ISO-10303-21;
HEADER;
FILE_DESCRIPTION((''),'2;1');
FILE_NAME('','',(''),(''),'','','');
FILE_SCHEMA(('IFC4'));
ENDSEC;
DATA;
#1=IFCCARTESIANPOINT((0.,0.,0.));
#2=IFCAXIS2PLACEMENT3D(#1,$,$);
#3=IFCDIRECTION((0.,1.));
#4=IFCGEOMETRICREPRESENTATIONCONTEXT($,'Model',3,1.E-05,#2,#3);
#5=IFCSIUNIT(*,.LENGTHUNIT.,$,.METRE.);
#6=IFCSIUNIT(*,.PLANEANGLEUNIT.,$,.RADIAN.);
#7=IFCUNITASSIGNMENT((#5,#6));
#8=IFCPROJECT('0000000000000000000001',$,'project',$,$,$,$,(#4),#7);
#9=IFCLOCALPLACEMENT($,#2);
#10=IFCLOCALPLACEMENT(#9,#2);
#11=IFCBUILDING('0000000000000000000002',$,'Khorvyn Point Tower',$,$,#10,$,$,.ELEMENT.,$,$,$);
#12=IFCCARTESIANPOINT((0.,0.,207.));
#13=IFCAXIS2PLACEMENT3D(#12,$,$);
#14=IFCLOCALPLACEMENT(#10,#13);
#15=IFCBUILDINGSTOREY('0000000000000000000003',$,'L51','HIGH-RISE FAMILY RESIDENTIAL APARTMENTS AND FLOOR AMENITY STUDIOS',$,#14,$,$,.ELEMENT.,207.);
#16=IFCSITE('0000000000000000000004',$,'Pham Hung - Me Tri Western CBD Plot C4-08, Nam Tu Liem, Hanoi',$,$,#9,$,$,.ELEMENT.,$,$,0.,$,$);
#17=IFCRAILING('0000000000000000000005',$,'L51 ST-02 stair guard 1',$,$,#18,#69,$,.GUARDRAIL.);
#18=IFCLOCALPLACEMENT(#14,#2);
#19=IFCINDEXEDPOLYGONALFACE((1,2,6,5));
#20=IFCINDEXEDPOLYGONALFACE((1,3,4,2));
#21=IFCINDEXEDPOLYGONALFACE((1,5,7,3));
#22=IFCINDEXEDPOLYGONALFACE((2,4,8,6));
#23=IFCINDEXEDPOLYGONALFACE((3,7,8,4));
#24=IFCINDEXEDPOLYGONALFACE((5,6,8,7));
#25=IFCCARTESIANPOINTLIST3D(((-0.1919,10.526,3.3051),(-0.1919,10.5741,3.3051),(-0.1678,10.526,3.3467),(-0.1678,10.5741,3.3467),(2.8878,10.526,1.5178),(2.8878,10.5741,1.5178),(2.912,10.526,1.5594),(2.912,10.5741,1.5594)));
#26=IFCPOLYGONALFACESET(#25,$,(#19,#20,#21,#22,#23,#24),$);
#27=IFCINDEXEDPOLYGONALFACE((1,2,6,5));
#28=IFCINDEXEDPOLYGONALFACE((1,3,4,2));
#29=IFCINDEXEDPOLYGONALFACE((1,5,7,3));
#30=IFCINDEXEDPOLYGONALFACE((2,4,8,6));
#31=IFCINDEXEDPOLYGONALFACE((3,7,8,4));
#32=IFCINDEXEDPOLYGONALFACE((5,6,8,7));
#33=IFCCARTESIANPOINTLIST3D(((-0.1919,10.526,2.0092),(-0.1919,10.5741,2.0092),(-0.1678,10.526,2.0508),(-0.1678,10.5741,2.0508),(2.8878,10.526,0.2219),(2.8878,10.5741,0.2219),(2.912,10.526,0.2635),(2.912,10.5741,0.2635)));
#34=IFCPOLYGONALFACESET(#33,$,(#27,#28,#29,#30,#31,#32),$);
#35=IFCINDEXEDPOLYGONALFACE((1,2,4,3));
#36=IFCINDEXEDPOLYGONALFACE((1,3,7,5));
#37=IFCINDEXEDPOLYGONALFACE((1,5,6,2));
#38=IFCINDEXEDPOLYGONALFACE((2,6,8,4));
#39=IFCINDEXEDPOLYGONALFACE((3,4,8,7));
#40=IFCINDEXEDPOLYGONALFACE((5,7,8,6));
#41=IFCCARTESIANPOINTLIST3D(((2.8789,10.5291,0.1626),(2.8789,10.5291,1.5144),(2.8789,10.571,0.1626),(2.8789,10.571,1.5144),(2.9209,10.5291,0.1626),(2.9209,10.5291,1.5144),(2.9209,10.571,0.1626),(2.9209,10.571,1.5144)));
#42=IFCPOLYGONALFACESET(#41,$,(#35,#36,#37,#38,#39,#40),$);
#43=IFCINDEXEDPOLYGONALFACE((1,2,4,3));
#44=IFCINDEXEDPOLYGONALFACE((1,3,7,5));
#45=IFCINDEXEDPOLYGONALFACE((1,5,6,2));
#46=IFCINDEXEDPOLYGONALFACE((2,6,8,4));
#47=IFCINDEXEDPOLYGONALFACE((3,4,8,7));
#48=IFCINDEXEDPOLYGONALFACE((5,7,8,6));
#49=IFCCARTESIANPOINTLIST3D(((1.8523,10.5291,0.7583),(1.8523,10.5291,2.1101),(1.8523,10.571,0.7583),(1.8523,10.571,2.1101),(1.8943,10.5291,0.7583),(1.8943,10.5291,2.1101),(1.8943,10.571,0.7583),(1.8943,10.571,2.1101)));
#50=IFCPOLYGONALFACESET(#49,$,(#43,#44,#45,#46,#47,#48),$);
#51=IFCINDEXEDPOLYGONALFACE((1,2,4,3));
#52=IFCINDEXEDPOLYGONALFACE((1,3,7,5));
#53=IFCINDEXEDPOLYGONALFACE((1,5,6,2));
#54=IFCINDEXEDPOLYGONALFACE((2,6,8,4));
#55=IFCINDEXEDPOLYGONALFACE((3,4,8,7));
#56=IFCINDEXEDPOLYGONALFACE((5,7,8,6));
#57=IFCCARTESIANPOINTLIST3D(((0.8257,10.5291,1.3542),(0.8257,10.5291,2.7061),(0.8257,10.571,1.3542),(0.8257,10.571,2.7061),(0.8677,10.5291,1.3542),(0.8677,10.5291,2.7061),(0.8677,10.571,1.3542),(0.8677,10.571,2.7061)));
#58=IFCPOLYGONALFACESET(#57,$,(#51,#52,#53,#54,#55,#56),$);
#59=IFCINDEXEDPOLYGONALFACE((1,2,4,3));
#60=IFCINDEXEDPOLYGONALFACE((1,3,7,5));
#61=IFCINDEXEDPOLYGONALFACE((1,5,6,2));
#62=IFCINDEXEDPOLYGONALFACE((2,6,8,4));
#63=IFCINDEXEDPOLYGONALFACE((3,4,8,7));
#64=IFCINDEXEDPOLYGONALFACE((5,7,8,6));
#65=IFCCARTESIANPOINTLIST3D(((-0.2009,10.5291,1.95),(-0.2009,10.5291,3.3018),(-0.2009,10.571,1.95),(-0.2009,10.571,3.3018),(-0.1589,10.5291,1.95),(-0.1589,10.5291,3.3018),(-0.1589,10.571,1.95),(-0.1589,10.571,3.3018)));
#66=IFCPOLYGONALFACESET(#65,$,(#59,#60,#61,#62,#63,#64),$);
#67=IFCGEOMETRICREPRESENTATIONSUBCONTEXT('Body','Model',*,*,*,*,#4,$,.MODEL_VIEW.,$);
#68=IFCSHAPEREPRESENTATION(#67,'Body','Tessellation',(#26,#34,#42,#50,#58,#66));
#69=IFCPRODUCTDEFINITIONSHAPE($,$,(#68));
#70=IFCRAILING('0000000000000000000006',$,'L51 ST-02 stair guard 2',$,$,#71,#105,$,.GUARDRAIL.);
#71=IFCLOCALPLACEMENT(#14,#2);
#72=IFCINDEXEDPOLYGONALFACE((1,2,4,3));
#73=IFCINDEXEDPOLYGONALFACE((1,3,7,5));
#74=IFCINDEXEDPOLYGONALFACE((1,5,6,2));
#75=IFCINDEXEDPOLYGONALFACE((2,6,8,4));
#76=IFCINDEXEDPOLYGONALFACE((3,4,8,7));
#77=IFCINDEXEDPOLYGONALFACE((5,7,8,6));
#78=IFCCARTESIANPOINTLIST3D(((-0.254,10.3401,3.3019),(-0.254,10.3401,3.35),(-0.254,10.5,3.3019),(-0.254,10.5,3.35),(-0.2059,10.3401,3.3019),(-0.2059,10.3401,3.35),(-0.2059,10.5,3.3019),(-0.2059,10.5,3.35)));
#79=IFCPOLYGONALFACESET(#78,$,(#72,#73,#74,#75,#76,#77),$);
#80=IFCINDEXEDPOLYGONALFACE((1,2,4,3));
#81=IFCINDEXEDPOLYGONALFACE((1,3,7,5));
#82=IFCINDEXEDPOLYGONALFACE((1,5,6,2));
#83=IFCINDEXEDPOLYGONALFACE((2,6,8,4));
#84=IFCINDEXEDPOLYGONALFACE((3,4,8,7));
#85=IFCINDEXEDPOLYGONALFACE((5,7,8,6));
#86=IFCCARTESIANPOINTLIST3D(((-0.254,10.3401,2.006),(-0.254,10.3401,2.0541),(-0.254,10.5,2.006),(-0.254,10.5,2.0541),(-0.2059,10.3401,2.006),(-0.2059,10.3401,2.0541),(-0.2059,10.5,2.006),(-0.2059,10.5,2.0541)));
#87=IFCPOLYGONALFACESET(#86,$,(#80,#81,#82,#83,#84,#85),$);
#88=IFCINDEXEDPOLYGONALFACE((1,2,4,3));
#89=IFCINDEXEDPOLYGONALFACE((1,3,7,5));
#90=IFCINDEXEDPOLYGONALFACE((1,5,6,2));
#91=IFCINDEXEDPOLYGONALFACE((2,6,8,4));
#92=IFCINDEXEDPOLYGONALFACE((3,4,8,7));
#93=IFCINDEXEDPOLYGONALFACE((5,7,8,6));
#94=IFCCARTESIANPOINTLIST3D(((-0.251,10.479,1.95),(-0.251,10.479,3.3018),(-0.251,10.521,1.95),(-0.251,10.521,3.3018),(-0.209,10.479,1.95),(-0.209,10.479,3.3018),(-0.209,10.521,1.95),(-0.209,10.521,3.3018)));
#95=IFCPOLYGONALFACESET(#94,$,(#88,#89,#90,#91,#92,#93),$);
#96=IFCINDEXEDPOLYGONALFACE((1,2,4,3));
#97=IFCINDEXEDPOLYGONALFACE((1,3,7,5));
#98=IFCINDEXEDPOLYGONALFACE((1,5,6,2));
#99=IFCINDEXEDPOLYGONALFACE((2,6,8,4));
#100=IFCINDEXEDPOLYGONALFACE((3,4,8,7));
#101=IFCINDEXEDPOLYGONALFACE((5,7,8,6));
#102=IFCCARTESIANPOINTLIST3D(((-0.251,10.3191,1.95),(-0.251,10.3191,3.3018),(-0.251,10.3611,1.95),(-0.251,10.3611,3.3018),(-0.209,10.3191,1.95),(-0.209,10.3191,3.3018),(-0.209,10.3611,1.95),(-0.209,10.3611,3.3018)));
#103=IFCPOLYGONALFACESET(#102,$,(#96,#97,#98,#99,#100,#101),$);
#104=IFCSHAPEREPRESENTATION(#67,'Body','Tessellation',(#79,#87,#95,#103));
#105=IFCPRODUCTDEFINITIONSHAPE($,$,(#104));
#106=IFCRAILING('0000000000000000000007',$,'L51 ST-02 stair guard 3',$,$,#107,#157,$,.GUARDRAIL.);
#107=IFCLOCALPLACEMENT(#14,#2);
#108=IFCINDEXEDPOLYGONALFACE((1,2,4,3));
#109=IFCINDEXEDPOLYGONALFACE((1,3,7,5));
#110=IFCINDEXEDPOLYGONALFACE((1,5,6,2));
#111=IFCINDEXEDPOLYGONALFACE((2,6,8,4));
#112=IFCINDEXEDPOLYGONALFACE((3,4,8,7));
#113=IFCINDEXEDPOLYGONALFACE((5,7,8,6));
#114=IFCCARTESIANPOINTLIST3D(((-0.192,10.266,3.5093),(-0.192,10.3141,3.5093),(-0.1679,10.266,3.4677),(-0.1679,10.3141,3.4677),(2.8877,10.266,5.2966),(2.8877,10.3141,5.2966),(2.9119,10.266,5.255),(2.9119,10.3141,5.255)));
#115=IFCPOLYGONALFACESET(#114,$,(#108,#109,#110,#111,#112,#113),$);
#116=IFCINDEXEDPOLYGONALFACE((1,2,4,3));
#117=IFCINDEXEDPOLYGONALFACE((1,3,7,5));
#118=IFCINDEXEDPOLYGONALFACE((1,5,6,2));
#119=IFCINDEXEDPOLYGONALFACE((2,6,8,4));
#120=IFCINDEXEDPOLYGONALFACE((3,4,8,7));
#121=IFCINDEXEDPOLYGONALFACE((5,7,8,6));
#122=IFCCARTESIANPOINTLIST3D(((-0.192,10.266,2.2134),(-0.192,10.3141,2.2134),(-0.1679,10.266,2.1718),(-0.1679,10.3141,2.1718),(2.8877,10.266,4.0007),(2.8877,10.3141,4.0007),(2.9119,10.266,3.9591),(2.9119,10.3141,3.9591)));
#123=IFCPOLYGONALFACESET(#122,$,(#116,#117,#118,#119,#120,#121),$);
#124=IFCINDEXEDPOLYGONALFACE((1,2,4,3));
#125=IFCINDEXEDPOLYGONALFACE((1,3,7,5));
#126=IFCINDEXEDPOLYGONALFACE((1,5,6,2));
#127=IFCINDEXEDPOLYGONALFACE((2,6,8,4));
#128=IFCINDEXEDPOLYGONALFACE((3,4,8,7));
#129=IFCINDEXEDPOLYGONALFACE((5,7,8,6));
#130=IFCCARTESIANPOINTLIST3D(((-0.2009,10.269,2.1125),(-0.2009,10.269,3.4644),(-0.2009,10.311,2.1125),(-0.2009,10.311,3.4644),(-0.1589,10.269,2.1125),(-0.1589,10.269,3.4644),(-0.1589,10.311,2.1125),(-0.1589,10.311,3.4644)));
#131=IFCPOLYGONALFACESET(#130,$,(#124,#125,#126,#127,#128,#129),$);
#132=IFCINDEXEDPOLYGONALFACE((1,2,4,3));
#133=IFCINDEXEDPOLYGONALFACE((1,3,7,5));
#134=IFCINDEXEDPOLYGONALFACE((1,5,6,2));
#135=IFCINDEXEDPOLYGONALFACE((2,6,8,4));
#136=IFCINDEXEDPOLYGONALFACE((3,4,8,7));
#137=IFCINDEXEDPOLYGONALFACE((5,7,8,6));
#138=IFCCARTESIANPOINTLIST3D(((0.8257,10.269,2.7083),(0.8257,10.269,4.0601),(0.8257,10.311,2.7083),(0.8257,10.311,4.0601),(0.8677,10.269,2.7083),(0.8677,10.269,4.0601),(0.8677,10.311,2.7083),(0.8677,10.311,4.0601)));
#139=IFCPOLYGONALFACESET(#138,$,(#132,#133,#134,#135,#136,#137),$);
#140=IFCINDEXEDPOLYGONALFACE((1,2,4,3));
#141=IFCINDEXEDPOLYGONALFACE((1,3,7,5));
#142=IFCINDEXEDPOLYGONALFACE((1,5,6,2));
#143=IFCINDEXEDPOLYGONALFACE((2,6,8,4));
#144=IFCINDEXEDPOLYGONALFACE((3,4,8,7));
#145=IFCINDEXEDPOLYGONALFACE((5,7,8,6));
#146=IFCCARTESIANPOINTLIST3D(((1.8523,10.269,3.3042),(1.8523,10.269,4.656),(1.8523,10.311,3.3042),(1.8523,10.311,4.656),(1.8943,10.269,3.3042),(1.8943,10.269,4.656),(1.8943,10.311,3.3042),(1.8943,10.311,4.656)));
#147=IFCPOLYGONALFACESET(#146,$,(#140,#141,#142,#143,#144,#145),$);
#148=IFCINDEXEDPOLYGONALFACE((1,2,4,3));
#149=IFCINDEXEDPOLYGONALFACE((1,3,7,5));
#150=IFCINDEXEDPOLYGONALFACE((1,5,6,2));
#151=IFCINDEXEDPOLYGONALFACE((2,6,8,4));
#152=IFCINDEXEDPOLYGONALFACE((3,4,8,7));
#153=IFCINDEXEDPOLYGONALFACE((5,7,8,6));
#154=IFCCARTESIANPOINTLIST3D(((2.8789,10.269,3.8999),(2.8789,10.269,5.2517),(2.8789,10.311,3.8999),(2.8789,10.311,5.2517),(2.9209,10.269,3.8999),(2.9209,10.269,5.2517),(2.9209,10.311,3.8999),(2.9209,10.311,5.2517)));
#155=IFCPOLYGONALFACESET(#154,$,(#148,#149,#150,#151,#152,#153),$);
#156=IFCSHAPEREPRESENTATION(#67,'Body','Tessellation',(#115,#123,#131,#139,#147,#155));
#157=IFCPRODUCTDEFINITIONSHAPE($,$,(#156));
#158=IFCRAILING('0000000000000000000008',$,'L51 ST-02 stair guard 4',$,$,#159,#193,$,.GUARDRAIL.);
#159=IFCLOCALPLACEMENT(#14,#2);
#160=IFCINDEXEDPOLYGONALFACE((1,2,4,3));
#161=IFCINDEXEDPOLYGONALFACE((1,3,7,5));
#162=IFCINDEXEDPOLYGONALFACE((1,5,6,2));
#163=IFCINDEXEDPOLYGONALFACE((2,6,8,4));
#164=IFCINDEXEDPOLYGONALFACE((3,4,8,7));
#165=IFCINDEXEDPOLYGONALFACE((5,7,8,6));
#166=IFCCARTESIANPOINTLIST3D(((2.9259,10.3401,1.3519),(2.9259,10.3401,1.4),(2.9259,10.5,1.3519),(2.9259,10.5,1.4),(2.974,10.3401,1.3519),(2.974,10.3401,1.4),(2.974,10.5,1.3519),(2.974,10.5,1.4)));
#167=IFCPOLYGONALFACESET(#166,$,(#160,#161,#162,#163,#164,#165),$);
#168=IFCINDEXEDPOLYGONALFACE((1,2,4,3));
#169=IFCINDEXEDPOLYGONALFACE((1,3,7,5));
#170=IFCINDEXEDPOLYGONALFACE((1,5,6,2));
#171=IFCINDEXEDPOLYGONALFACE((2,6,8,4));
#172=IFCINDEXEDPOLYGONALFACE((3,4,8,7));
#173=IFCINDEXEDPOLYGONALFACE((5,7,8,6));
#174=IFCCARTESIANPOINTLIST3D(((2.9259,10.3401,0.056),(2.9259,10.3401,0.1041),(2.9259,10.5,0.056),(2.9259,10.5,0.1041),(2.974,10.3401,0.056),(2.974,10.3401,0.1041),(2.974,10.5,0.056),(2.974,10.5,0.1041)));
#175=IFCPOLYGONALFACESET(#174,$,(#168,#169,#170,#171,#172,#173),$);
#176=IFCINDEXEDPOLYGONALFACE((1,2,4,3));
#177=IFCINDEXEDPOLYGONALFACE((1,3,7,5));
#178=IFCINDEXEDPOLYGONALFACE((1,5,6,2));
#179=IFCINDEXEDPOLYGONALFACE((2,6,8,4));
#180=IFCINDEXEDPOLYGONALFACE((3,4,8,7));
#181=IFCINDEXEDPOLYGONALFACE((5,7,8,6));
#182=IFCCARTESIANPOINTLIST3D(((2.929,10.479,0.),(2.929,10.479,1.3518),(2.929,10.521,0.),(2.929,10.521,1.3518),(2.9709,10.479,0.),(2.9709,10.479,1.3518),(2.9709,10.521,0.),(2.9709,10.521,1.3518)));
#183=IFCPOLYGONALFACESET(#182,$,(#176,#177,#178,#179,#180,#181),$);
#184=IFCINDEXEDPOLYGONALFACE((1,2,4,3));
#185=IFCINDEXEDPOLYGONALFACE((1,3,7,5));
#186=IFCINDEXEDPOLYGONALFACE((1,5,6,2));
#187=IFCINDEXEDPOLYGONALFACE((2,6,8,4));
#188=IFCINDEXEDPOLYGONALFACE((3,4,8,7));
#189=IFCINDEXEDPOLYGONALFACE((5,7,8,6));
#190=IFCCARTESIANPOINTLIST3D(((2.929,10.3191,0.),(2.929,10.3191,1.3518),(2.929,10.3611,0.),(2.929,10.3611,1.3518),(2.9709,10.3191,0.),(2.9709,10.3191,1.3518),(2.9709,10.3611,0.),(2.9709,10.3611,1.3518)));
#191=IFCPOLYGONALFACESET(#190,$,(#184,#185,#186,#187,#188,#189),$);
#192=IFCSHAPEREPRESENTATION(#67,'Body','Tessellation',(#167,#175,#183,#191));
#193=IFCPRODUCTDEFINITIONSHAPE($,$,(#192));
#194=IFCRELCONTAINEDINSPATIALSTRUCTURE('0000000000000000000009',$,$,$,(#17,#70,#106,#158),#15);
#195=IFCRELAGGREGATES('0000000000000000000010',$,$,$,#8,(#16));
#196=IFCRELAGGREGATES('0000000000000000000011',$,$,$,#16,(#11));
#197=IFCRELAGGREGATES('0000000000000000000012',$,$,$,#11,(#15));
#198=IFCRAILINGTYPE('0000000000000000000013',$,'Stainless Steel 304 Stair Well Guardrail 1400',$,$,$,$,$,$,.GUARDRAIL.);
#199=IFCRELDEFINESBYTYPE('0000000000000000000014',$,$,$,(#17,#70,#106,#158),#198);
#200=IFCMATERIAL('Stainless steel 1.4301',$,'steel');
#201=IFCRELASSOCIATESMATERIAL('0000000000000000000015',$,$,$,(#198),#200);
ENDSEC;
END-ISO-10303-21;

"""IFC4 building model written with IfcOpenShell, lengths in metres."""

from ifc_helpers import new_model, si_unit, direction, frame, origin, origin_2d, place, context, subcontext, project, spatial, rectangle, extrude, material, type_object, element, save


model = new_model("IFC4")

# Units and contexts
model_context = context("Model", 3, precision=1e-05, world=origin(), true_north=direction((0.0, 1.0)))
body_context = subcontext(model_context, "Body", "Model", "MODEL_VIEW")
ifc_project = project(units=[si_unit("LENGTHUNIT", "METRE"), si_unit("PLANEANGLEUNIT", "RADIAN")], contexts=[model_context])

# Site, building, storey
site_placement = place(None, origin())
site = spatial("IfcSite", under=ifc_project, at=site_placement, Name="Pham Hung - Me Tri Western CBD Plot C4-08, Nam Tu Liem, Hanoi", CompositionType="ELEMENT", RefElevation=0.0)
building_placement = place(site_placement, origin())
building = spatial("IfcBuilding", under=site, at=building_placement, Name="Khorvyn Point Tower", CompositionType="ELEMENT")
storey_placement = place(building_placement, frame((0.0, 0.0, 207.0)))
storey = spatial("IfcBuildingStorey", under=building, at=storey_placement, Name="L51", Description="HIGH-RISE FAMILY RESIDENTIAL APARTMENTS AND FLOOR AMENITY STUDIOS", CompositionType="ELEMENT", Elevation=207.0)

# Railings
ifc_material_1 = material(Name="Stainless steel 1.4301", Category="steel")
railing_type_1 = type_object("IfcRailingType", Name="Stainless Steel 304 Stair Well Guardrail 1400", PredefinedType="GUARDRAIL", material=ifc_material_1)
railing_1_placement = place(storey_placement, frame((2.8999, 10.55, 0.1626)))
element("IfcRailing", 1, at=railing_1_placement, inside=storey, type_object=railing_type_1, Name="L51 ST-02 stair guard 1", PredefinedType="GUARDRAIL", context=body_context, shape_type="SweptSolid", body=[
    extrude(rectangle(XDim=0.0481, YDim=0.0481, at=origin_2d()), frame((0.0, 0.0, 1.376), z_axis=(-0.864903, 0.0, 0.501939), x_axis=(0.0, -1.0, 0.0)), (0.0, 0.0, 1.0), 3.5608),
    extrude(rectangle(XDim=0.0481, YDim=0.0481, at=origin_2d()), frame((0.0, 0.0, 0.0801), z_axis=(-0.864903, 0.0, 0.501939), x_axis=(0.0, -1.0, 0.0)), (0.0, 0.0, 1.0), 3.5608),
    extrude(rectangle(XDim=0.042, YDim=0.042, at=origin_2d()), origin(), (0.0, 0.0, 1.0), 1.3518),
    extrude(rectangle(XDim=0.042, YDim=0.042, at=origin_2d()), frame((-1.0266, 0.0, 0.5957)), (0.0, 0.0, 1.0), 1.3518),
    extrude(rectangle(XDim=0.042, YDim=0.042, at=origin_2d()), frame((-2.0532, 0.0, 1.1917)), (0.0, 0.0, 1.0), 1.3518),
    extrude(rectangle(XDim=0.042, YDim=0.042, at=origin_2d()), frame((-3.0798, 0.0, 1.7874)), (0.0, 0.0, 1.0), 1.3518),
])
railing_2_placement = place(storey_placement, frame((-0.23, 10.5, 1.95)))
element("IfcRailing", 2, at=railing_2_placement, inside=storey, type_object=railing_type_1, Name="L51 ST-02 stair guard 2", PredefinedType="GUARDRAIL", context=body_context, shape_type="SweptSolid", body=[
    extrude(rectangle(XDim=0.0481, YDim=0.0481, at=origin_2d()), frame((0.0, 0.0, 1.376), z_axis=(0.0, -1.0, 0.0), x_axis=(1.0, 0.0, 0.0)), (0.0, 0.0, 1.0), 0.1599),
    extrude(rectangle(XDim=0.0481, YDim=0.0481, at=origin_2d()), frame((0.0, 0.0, 0.0801), z_axis=(0.0, -1.0, 0.0), x_axis=(1.0, 0.0, 0.0)), (0.0, 0.0, 1.0), 0.1599),
    extrude(rectangle(XDim=0.042, YDim=0.042, at=origin_2d()), origin(), (0.0, 0.0, 1.0), 1.3518),
    extrude(rectangle(XDim=0.042, YDim=0.042, at=origin_2d()), frame((0.0, -0.1599, 0.0)), (0.0, 0.0, 1.0), 1.3518),
])
railing_3_placement = place(storey_placement, frame((-0.1799, 10.29, 2.1125)))
element("IfcRailing", 3, at=railing_3_placement, inside=storey, type_object=railing_type_1, Name="L51 ST-02 stair guard 3", PredefinedType="GUARDRAIL", context=body_context, shape_type="SweptSolid", body=[
    extrude(rectangle(XDim=0.0481, YDim=0.0481, at=origin_2d()), frame((0.0, 0.0, 1.376), z_axis=(0.864903, 0.0, 0.501939), x_axis=(0.0, 1.0, 0.0)), (0.0, 0.0, 1.0), 3.5608),
    extrude(rectangle(XDim=0.0481, YDim=0.0481, at=origin_2d()), frame((0.0, 0.0, 0.0801), z_axis=(0.864903, 0.0, 0.501939), x_axis=(0.0, 1.0, 0.0)), (0.0, 0.0, 1.0), 3.5608),
    extrude(rectangle(XDim=0.042, YDim=0.042, at=origin_2d()), origin(), (0.0, 0.0, 1.0), 1.3518),
    extrude(rectangle(XDim=0.042, YDim=0.042, at=origin_2d()), frame((1.0266, 0.0, 0.5957)), (0.0, 0.0, 1.0), 1.3518),
    extrude(rectangle(XDim=0.042, YDim=0.042, at=origin_2d()), frame((2.0532, 0.0, 1.1917)), (0.0, 0.0, 1.0), 1.3518),
    extrude(rectangle(XDim=0.042, YDim=0.042, at=origin_2d()), frame((3.0798, 0.0, 1.7874)), (0.0, 0.0, 1.0), 1.3518),
])
railing_4_placement = place(storey_placement, frame((2.95, 10.5, 0.0)))
element("IfcRailing", 4, at=railing_4_placement, inside=storey, type_object=railing_type_1, Name="L51 ST-02 stair guard 4", PredefinedType="GUARDRAIL", context=body_context, shape_type="SweptSolid", body=[
    extrude(rectangle(XDim=0.0481, YDim=0.0481, at=origin_2d()), frame((0.0, 0.0, 1.376), z_axis=(0.0, -1.0, 0.0), x_axis=(1.0, 0.0, 0.0)), (0.0, 0.0, 1.0), 0.1599),
    extrude(rectangle(XDim=0.0481, YDim=0.0481, at=origin_2d()), frame((0.0, 0.0, 0.0801), z_axis=(0.0, -1.0, 0.0), x_axis=(1.0, 0.0, 0.0)), (0.0, 0.0, 1.0), 0.1599),
    extrude(rectangle(XDim=0.042, YDim=0.042, at=origin_2d()), origin(), (0.0, 0.0, 1.0), 1.3518),
    extrude(rectangle(XDim=0.042, YDim=0.042, at=origin_2d()), frame((0.0, -0.1599, 0.0)), (0.0, 0.0, 1.0), 1.3518),
])

save(model, "model.ifc")
